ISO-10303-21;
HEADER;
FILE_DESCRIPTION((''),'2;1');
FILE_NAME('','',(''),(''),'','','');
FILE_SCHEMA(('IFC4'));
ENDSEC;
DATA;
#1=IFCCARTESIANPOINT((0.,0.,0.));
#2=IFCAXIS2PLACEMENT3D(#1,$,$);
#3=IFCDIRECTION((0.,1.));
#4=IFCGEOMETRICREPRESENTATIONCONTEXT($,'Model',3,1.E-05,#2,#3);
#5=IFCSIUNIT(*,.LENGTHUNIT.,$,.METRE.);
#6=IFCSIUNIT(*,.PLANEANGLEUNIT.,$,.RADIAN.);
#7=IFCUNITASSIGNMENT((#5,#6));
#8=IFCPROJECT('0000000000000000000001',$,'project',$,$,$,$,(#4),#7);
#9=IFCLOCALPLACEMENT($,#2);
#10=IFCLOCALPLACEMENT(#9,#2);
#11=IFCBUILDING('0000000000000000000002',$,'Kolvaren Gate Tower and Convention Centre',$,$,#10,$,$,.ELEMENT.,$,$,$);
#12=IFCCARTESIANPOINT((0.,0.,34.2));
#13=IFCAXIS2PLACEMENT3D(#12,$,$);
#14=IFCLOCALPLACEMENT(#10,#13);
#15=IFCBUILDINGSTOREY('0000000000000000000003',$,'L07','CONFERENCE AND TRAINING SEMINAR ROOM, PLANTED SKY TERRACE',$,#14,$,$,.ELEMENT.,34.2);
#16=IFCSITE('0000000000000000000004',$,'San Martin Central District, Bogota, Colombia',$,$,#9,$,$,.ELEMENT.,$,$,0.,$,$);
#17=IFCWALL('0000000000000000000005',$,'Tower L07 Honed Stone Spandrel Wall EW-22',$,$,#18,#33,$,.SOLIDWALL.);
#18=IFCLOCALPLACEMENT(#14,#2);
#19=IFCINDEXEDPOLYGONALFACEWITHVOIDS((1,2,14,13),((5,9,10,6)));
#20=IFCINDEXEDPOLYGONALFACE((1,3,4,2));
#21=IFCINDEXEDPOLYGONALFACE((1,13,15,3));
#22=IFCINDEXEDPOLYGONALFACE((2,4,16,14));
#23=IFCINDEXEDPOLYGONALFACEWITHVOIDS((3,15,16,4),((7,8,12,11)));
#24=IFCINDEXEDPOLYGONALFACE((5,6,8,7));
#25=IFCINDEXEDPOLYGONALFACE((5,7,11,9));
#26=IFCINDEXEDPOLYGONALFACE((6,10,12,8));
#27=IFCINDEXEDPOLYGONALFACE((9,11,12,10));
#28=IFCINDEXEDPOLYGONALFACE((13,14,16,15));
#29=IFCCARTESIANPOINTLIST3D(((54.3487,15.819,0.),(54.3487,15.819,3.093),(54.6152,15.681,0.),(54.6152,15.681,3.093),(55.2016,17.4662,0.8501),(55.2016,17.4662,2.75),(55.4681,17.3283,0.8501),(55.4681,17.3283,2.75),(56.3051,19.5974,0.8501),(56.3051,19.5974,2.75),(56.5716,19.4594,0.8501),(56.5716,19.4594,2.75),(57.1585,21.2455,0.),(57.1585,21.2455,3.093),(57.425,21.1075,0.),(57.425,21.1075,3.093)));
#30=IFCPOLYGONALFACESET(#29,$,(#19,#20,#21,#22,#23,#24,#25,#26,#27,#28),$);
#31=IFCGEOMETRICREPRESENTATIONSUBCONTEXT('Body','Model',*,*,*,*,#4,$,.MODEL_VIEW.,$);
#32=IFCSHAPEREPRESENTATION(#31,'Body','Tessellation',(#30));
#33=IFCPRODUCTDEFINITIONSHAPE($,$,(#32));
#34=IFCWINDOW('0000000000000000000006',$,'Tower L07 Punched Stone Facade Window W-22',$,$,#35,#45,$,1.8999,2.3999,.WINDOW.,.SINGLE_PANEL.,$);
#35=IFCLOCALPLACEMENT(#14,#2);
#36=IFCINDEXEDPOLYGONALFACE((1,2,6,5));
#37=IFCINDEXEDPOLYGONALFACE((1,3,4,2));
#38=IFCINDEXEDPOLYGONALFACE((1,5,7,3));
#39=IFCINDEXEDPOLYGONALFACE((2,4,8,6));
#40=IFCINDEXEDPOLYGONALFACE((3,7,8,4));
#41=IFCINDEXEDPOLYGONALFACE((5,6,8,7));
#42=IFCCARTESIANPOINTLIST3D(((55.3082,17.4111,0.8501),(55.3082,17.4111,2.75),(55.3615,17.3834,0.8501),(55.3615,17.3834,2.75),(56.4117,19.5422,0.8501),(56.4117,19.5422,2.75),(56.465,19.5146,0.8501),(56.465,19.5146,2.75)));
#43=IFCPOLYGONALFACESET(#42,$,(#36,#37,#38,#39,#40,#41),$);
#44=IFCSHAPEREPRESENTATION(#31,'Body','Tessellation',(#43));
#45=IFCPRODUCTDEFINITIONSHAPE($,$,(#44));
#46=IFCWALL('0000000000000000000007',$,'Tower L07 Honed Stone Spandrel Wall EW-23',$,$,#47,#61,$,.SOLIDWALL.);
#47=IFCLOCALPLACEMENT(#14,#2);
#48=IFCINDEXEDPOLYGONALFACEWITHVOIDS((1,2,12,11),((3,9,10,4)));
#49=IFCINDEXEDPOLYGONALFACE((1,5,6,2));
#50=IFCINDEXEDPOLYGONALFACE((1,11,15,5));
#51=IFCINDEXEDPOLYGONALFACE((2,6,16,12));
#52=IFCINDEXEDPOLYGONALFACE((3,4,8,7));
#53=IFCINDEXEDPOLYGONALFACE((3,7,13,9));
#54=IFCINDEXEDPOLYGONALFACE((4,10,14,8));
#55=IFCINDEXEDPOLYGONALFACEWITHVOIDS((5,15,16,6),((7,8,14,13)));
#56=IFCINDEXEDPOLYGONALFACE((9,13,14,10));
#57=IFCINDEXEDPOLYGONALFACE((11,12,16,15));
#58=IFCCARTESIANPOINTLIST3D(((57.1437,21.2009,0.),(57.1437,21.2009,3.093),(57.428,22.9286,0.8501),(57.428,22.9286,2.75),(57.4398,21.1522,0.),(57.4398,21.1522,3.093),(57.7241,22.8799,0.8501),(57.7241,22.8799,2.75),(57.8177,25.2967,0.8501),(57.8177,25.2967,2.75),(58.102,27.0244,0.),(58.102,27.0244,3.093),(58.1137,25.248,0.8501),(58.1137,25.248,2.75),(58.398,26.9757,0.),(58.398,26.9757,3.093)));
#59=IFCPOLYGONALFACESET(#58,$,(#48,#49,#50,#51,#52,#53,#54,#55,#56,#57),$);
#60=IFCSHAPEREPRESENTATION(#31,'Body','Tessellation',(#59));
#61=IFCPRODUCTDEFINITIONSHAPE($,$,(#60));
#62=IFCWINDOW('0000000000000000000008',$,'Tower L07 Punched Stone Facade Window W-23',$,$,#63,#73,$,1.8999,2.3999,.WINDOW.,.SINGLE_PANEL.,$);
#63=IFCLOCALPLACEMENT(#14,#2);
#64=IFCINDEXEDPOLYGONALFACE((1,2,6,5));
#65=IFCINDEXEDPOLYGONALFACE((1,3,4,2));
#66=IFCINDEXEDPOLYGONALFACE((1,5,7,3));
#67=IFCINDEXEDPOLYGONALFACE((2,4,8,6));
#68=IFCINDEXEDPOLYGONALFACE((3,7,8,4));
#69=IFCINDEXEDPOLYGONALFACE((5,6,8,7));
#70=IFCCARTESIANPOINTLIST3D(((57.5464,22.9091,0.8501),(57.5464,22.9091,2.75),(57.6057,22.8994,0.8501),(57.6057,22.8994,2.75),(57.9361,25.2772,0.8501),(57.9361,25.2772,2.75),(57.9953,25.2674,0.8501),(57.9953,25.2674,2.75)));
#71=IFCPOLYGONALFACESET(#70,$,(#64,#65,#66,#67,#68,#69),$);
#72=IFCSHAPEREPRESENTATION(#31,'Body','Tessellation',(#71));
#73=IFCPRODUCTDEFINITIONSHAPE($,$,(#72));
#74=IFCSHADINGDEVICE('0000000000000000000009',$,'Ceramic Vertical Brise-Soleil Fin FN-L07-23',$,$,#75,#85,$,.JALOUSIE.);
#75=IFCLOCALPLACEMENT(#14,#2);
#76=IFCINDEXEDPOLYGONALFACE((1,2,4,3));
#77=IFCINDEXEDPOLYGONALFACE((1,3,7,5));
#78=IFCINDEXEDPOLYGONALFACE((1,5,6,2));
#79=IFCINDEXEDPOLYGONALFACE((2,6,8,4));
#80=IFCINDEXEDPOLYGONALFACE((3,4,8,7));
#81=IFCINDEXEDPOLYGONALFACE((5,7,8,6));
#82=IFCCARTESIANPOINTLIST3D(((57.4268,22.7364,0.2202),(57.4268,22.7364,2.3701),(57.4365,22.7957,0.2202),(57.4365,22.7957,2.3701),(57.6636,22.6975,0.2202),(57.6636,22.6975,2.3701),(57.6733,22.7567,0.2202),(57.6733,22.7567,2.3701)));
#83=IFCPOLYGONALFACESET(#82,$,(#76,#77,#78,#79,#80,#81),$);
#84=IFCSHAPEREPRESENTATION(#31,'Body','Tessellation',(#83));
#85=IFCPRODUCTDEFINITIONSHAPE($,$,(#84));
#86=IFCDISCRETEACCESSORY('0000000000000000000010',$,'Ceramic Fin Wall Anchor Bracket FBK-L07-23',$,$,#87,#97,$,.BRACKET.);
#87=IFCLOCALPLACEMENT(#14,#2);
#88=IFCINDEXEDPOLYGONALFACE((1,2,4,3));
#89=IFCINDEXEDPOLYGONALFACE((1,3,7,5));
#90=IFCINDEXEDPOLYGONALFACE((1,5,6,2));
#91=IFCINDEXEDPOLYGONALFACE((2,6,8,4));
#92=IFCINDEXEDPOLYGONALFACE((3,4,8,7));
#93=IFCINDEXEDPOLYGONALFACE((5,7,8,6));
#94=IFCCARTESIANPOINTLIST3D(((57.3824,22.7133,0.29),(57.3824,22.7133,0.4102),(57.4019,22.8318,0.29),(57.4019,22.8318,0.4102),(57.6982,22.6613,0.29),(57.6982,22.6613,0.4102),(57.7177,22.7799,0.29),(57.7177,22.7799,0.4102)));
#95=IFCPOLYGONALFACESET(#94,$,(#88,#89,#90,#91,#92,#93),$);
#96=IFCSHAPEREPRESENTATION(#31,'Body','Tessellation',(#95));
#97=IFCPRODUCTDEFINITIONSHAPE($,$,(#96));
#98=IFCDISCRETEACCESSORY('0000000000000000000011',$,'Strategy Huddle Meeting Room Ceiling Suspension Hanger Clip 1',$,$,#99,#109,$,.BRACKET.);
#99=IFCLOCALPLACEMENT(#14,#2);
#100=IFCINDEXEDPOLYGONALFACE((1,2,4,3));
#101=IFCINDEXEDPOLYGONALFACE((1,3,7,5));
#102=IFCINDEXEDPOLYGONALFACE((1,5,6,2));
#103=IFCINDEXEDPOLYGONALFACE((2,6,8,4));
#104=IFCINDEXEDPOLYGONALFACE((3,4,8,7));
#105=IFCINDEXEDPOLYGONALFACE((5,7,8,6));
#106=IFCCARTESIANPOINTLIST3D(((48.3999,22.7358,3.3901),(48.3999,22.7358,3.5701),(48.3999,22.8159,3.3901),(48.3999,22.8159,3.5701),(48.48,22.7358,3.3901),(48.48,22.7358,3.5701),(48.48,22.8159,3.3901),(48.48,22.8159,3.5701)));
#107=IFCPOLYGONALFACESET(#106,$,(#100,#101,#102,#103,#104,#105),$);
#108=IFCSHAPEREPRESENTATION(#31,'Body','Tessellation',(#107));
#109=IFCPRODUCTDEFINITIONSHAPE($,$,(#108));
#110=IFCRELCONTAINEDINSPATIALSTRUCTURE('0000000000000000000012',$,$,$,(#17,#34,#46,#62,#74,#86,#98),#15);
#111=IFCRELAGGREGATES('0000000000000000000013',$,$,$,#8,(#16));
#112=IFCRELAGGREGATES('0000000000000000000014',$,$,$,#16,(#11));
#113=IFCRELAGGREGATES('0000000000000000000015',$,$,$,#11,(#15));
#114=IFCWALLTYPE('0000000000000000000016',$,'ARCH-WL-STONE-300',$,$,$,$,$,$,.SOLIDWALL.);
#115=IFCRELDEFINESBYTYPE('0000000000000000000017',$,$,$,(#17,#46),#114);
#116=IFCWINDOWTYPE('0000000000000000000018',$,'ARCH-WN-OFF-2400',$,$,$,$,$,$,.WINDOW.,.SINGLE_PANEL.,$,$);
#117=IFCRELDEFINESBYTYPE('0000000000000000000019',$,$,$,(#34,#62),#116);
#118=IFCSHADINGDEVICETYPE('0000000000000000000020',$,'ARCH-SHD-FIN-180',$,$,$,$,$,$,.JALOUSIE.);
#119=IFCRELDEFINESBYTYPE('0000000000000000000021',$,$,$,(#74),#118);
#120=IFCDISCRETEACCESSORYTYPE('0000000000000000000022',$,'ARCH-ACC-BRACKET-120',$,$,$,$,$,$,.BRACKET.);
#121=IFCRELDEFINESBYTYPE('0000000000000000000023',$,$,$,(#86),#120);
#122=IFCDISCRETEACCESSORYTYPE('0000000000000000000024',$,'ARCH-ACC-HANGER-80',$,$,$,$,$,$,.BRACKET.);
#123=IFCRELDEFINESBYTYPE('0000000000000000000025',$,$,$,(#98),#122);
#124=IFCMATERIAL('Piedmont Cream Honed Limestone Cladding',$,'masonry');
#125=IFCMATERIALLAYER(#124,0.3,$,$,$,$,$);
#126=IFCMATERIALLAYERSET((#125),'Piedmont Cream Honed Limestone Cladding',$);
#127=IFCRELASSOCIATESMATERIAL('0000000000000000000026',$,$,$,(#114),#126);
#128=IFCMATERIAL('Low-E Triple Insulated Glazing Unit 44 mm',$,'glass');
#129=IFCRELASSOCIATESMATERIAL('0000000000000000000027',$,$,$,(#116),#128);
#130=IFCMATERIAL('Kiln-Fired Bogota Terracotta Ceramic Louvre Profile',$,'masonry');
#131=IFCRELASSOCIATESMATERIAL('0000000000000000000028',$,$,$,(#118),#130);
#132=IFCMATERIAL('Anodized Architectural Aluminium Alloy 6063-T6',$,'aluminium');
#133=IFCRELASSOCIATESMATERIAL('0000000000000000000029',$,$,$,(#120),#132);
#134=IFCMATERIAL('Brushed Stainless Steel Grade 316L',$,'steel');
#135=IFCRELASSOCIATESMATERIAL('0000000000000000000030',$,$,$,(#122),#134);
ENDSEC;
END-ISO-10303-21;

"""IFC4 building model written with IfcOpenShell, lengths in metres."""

from ifc_helpers import new_model, si_unit, direction, frame, frame_2d, origin, origin_2d, place, context, subcontext, project, spatial, rectangle, extrude, material, layer, layer_set, type_object, element, fill, save


model = new_model("IFC4")

# Units and contexts
model_context = context("Model", 3, precision=1e-05, world=origin(), true_north=direction((0.0, 1.0)))
body_context = subcontext(model_context, "Body", "Model", "MODEL_VIEW")
ifc_project = project(units=[si_unit("LENGTHUNIT", "METRE"), si_unit("PLANEANGLEUNIT", "RADIAN")], contexts=[model_context])

# Site, building, storey
site_placement = place(None, origin())
site = spatial("IfcSite", under=ifc_project, at=site_placement, Name="San Martin Central District, Bogota, Colombia", CompositionType="ELEMENT", RefElevation=0.0)
building_placement = place(site_placement, origin())
building = spatial("IfcBuilding", under=site, at=building_placement, Name="Kolvaren Gate Tower and Convention Centre", CompositionType="ELEMENT")
storey_placement = place(building_placement, frame((0.0, 0.0, 34.2)))
storey = spatial("IfcBuildingStorey", under=building, at=storey_placement, Name="L07", Description="CONFERENCE AND TRAINING SEMINAR ROOM, PLANTED SKY TERRACE", CompositionType="ELEMENT", Elevation=34.2)

# Shared definitions
ifc_material_1 = material(Name="Piedmont Cream Honed Limestone Cladding", Category="masonry")

# Shared definitions
ifc_layer_1 = layer(ifc_material_1, 0.3)
ifc_layer_set_1 = layer_set([ifc_layer_1], Name="Piedmont Cream Honed Limestone Cladding")
wall_type_1 = type_object("IfcWallType", Name="ARCH-WL-STONE-300", PredefinedType="SOLIDWALL", material=ifc_layer_set_1)
ifc_material_2 = material(Name="Anodized Architectural Aluminium Alloy 6063-T6", Category="aluminium")

# Walls, openings, windows
ifc_material_3 = material(Name="Low-E Triple Insulated Glazing Unit 44 mm", Category="glass")
window_type = type_object("IfcWindowType", Name="ARCH-WN-OFF-2400", PartitioningType="SINGLE_PANEL", PredefinedType="WINDOW", material=ifc_material_3)
wall_1_placement = place(storey_placement, frame((54.4819, 15.75, 0.0), z_axis=(0.0, 0.0, 1.0), x_axis=(0.45981, 0.888017, 0.0)))
wall_1 = element("IfcWall", 1, at=wall_1_placement, inside=storey, type_object=wall_type_1, Name="Tower L07 Honed Stone Spandrel Wall EW-22", PredefinedType="SOLIDWALL", context=body_context, shape_type="SweptSolid", body=[
    extrude(rectangle(XDim=6.1108, YDim=0.3, at=frame_2d((3.0554, 0.0))), origin(), (0.0, 0.0, 1.0), 3.093),
])
opening_1_placement = place(wall_1_placement, frame((1.855, 0.0, 0.8501)))
opening_1 = element("IfcOpeningElement", 2, at=opening_1_placement, cuts=wall_1, PredefinedType="OPENING", context=body_context, shape_type="SweptSolid", body=[
    extrude(rectangle(XDim=2.3999, YDim=1.8999, at=frame_2d((1.2, 0.95))), frame((0.0, 0.1599, 0.0), z_axis=(0.0, -1.0, 0.0), x_axis=(1.0, 0.0, 0.0)), (0.0, 0.0, 1.0), 0.3201),
])
window_1_placement = place(opening_1_placement, origin())
window_1 = element("IfcWindow", 3, at=window_1_placement, inside=storey, type_object=window_type, Name="Tower L07 Punched Stone Facade Window W-22", OverallHeight=1.8999, OverallWidth=2.3999, PartitioningType="SINGLE_PANEL", PredefinedType="WINDOW", context=body_context, shape_type="SweptSolid", body=[
    extrude(rectangle(XDim=2.3999, YDim=1.8999, at=frame_2d((1.2, 0.95))), frame((0.0, 0.03, 0.0), z_axis=(0.0, -1.0, 0.0), x_axis=(1.0, 0.0, 0.0)), (0.0, 0.0, 1.0), 0.0601),
])
fill(opening_1, window_1)
wall_2_placement = place(storey_placement, frame((57.2917, 21.1765, 0.0), z_axis=(0.0, 0.0, 1.0), x_axis=(0.162366, 0.986731, 0.0)))
wall_2 = element("IfcWall", 4, at=wall_2_placement, inside=storey, type_object=wall_type_1, Name="Tower L07 Honed Stone Spandrel Wall EW-23", PredefinedType="SOLIDWALL", context=body_context, shape_type="SweptSolid", body=[
    extrude(rectangle(XDim=5.9019, YDim=0.3, at=frame_2d((2.9509, 0.0))), origin(), (0.0, 0.0, 1.0), 3.093),
])
opening_2_placement = place(wall_2_placement, frame((1.751, 0.0, 0.8501)))
opening_2 = element("IfcOpeningElement", 5, at=opening_2_placement, cuts=wall_2, PredefinedType="OPENING", context=body_context, shape_type="SweptSolid", body=[
    extrude(rectangle(XDim=2.3999, YDim=1.8999, at=frame_2d((1.2, 0.95))), frame((0.0, 0.1599, 0.0), z_axis=(0.0, -1.0, 0.0), x_axis=(1.0, 0.0, 0.0)), (0.0, 0.0, 1.0), 0.3201),
])
window_2_placement = place(opening_2_placement, origin())
window_2 = element("IfcWindow", 6, at=window_2_placement, inside=storey, type_object=window_type, Name="Tower L07 Punched Stone Facade Window W-23", OverallHeight=1.8999, OverallWidth=2.3999, PartitioningType="SINGLE_PANEL", PredefinedType="WINDOW", context=body_context, shape_type="SweptSolid", body=[
    extrude(rectangle(XDim=2.3999, YDim=1.8999, at=frame_2d((1.2, 0.95))), frame((0.0, 0.03, 0.0), z_axis=(0.0, -1.0, 0.0), x_axis=(1.0, 0.0, 0.0)), (0.0, 0.0, 1.0), 0.0601),
])
fill(opening_2, window_2)

# Shading device
ifc_material_4 = material(Name="Kiln-Fired Bogota Terracotta Ceramic Louvre Profile", Category="masonry")
shading_device_type = type_object("IfcShadingDeviceType", Name="ARCH-SHD-FIN-180", PredefinedType="JALOUSIE", material=ifc_material_4)
shading_device_placement = place(storey_placement, frame((57.55, 22.7466, 0.2202), z_axis=(0.0, 0.0, 1.0), x_axis=(0.162377, 0.986729, 0.0)))
element("IfcShadingDevice", 7, at=shading_device_placement, inside=storey, type_object=shading_device_type, Name="Ceramic Vertical Brise-Soleil Fin FN-L07-23", PredefinedType="JALOUSIE", context=body_context, shape_type="SweptSolid", body=[
    extrude(rectangle(XDim=0.0601, YDim=0.24, at=origin_2d()), origin(), (0.0, 0.0, 1.0), 2.1499),
])

# Discrete accessories
discrete_accessory_type_1 = type_object("IfcDiscreteAccessoryType", Name="ARCH-ACC-BRACKET-120", PredefinedType="BRACKET", material=ifc_material_2)
discrete_accessory_1_placement = place(storey_placement, frame((57.55, 22.7466, 0.29), z_axis=(0.0, 0.0, 1.0), x_axis=(0.162377, 0.986729, 0.0)))
element("IfcDiscreteAccessory", 8, at=discrete_accessory_1_placement, inside=storey, type_object=discrete_accessory_type_1, Name="Ceramic Fin Wall Anchor Bracket FBK-L07-23", PredefinedType="BRACKET", context=body_context, shape_type="SweptSolid", body=[
    extrude(rectangle(XDim=0.1201, YDim=0.3201, at=origin_2d()), origin(), (0.0, 0.0, 1.0), 0.1201),
])
ifc_material_5 = material(Name="Brushed Stainless Steel Grade 316L", Category="steel")
discrete_accessory_type_2 = type_object("IfcDiscreteAccessoryType", Name="ARCH-ACC-HANGER-80", PredefinedType="BRACKET", material=ifc_material_5)
discrete_accessory_2_placement = place(storey_placement, frame((48.4399, 22.7759, 3.3901), z_axis=(0.0, 0.0, 1.0), x_axis=(1.0, 0.0, 0.0)))
element("IfcDiscreteAccessory", 9, at=discrete_accessory_2_placement, inside=storey, type_object=discrete_accessory_type_2, Name="Strategy Huddle Meeting Room Ceiling Suspension Hanger Clip 1", PredefinedType="BRACKET", context=body_context, shape_type="SweptSolid", body=[
    extrude(rectangle(XDim=0.0801, YDim=0.0801, at=origin_2d()), origin(), (0.0, 0.0, 1.0), 0.1799),
])

save(model, "model.ifc")
